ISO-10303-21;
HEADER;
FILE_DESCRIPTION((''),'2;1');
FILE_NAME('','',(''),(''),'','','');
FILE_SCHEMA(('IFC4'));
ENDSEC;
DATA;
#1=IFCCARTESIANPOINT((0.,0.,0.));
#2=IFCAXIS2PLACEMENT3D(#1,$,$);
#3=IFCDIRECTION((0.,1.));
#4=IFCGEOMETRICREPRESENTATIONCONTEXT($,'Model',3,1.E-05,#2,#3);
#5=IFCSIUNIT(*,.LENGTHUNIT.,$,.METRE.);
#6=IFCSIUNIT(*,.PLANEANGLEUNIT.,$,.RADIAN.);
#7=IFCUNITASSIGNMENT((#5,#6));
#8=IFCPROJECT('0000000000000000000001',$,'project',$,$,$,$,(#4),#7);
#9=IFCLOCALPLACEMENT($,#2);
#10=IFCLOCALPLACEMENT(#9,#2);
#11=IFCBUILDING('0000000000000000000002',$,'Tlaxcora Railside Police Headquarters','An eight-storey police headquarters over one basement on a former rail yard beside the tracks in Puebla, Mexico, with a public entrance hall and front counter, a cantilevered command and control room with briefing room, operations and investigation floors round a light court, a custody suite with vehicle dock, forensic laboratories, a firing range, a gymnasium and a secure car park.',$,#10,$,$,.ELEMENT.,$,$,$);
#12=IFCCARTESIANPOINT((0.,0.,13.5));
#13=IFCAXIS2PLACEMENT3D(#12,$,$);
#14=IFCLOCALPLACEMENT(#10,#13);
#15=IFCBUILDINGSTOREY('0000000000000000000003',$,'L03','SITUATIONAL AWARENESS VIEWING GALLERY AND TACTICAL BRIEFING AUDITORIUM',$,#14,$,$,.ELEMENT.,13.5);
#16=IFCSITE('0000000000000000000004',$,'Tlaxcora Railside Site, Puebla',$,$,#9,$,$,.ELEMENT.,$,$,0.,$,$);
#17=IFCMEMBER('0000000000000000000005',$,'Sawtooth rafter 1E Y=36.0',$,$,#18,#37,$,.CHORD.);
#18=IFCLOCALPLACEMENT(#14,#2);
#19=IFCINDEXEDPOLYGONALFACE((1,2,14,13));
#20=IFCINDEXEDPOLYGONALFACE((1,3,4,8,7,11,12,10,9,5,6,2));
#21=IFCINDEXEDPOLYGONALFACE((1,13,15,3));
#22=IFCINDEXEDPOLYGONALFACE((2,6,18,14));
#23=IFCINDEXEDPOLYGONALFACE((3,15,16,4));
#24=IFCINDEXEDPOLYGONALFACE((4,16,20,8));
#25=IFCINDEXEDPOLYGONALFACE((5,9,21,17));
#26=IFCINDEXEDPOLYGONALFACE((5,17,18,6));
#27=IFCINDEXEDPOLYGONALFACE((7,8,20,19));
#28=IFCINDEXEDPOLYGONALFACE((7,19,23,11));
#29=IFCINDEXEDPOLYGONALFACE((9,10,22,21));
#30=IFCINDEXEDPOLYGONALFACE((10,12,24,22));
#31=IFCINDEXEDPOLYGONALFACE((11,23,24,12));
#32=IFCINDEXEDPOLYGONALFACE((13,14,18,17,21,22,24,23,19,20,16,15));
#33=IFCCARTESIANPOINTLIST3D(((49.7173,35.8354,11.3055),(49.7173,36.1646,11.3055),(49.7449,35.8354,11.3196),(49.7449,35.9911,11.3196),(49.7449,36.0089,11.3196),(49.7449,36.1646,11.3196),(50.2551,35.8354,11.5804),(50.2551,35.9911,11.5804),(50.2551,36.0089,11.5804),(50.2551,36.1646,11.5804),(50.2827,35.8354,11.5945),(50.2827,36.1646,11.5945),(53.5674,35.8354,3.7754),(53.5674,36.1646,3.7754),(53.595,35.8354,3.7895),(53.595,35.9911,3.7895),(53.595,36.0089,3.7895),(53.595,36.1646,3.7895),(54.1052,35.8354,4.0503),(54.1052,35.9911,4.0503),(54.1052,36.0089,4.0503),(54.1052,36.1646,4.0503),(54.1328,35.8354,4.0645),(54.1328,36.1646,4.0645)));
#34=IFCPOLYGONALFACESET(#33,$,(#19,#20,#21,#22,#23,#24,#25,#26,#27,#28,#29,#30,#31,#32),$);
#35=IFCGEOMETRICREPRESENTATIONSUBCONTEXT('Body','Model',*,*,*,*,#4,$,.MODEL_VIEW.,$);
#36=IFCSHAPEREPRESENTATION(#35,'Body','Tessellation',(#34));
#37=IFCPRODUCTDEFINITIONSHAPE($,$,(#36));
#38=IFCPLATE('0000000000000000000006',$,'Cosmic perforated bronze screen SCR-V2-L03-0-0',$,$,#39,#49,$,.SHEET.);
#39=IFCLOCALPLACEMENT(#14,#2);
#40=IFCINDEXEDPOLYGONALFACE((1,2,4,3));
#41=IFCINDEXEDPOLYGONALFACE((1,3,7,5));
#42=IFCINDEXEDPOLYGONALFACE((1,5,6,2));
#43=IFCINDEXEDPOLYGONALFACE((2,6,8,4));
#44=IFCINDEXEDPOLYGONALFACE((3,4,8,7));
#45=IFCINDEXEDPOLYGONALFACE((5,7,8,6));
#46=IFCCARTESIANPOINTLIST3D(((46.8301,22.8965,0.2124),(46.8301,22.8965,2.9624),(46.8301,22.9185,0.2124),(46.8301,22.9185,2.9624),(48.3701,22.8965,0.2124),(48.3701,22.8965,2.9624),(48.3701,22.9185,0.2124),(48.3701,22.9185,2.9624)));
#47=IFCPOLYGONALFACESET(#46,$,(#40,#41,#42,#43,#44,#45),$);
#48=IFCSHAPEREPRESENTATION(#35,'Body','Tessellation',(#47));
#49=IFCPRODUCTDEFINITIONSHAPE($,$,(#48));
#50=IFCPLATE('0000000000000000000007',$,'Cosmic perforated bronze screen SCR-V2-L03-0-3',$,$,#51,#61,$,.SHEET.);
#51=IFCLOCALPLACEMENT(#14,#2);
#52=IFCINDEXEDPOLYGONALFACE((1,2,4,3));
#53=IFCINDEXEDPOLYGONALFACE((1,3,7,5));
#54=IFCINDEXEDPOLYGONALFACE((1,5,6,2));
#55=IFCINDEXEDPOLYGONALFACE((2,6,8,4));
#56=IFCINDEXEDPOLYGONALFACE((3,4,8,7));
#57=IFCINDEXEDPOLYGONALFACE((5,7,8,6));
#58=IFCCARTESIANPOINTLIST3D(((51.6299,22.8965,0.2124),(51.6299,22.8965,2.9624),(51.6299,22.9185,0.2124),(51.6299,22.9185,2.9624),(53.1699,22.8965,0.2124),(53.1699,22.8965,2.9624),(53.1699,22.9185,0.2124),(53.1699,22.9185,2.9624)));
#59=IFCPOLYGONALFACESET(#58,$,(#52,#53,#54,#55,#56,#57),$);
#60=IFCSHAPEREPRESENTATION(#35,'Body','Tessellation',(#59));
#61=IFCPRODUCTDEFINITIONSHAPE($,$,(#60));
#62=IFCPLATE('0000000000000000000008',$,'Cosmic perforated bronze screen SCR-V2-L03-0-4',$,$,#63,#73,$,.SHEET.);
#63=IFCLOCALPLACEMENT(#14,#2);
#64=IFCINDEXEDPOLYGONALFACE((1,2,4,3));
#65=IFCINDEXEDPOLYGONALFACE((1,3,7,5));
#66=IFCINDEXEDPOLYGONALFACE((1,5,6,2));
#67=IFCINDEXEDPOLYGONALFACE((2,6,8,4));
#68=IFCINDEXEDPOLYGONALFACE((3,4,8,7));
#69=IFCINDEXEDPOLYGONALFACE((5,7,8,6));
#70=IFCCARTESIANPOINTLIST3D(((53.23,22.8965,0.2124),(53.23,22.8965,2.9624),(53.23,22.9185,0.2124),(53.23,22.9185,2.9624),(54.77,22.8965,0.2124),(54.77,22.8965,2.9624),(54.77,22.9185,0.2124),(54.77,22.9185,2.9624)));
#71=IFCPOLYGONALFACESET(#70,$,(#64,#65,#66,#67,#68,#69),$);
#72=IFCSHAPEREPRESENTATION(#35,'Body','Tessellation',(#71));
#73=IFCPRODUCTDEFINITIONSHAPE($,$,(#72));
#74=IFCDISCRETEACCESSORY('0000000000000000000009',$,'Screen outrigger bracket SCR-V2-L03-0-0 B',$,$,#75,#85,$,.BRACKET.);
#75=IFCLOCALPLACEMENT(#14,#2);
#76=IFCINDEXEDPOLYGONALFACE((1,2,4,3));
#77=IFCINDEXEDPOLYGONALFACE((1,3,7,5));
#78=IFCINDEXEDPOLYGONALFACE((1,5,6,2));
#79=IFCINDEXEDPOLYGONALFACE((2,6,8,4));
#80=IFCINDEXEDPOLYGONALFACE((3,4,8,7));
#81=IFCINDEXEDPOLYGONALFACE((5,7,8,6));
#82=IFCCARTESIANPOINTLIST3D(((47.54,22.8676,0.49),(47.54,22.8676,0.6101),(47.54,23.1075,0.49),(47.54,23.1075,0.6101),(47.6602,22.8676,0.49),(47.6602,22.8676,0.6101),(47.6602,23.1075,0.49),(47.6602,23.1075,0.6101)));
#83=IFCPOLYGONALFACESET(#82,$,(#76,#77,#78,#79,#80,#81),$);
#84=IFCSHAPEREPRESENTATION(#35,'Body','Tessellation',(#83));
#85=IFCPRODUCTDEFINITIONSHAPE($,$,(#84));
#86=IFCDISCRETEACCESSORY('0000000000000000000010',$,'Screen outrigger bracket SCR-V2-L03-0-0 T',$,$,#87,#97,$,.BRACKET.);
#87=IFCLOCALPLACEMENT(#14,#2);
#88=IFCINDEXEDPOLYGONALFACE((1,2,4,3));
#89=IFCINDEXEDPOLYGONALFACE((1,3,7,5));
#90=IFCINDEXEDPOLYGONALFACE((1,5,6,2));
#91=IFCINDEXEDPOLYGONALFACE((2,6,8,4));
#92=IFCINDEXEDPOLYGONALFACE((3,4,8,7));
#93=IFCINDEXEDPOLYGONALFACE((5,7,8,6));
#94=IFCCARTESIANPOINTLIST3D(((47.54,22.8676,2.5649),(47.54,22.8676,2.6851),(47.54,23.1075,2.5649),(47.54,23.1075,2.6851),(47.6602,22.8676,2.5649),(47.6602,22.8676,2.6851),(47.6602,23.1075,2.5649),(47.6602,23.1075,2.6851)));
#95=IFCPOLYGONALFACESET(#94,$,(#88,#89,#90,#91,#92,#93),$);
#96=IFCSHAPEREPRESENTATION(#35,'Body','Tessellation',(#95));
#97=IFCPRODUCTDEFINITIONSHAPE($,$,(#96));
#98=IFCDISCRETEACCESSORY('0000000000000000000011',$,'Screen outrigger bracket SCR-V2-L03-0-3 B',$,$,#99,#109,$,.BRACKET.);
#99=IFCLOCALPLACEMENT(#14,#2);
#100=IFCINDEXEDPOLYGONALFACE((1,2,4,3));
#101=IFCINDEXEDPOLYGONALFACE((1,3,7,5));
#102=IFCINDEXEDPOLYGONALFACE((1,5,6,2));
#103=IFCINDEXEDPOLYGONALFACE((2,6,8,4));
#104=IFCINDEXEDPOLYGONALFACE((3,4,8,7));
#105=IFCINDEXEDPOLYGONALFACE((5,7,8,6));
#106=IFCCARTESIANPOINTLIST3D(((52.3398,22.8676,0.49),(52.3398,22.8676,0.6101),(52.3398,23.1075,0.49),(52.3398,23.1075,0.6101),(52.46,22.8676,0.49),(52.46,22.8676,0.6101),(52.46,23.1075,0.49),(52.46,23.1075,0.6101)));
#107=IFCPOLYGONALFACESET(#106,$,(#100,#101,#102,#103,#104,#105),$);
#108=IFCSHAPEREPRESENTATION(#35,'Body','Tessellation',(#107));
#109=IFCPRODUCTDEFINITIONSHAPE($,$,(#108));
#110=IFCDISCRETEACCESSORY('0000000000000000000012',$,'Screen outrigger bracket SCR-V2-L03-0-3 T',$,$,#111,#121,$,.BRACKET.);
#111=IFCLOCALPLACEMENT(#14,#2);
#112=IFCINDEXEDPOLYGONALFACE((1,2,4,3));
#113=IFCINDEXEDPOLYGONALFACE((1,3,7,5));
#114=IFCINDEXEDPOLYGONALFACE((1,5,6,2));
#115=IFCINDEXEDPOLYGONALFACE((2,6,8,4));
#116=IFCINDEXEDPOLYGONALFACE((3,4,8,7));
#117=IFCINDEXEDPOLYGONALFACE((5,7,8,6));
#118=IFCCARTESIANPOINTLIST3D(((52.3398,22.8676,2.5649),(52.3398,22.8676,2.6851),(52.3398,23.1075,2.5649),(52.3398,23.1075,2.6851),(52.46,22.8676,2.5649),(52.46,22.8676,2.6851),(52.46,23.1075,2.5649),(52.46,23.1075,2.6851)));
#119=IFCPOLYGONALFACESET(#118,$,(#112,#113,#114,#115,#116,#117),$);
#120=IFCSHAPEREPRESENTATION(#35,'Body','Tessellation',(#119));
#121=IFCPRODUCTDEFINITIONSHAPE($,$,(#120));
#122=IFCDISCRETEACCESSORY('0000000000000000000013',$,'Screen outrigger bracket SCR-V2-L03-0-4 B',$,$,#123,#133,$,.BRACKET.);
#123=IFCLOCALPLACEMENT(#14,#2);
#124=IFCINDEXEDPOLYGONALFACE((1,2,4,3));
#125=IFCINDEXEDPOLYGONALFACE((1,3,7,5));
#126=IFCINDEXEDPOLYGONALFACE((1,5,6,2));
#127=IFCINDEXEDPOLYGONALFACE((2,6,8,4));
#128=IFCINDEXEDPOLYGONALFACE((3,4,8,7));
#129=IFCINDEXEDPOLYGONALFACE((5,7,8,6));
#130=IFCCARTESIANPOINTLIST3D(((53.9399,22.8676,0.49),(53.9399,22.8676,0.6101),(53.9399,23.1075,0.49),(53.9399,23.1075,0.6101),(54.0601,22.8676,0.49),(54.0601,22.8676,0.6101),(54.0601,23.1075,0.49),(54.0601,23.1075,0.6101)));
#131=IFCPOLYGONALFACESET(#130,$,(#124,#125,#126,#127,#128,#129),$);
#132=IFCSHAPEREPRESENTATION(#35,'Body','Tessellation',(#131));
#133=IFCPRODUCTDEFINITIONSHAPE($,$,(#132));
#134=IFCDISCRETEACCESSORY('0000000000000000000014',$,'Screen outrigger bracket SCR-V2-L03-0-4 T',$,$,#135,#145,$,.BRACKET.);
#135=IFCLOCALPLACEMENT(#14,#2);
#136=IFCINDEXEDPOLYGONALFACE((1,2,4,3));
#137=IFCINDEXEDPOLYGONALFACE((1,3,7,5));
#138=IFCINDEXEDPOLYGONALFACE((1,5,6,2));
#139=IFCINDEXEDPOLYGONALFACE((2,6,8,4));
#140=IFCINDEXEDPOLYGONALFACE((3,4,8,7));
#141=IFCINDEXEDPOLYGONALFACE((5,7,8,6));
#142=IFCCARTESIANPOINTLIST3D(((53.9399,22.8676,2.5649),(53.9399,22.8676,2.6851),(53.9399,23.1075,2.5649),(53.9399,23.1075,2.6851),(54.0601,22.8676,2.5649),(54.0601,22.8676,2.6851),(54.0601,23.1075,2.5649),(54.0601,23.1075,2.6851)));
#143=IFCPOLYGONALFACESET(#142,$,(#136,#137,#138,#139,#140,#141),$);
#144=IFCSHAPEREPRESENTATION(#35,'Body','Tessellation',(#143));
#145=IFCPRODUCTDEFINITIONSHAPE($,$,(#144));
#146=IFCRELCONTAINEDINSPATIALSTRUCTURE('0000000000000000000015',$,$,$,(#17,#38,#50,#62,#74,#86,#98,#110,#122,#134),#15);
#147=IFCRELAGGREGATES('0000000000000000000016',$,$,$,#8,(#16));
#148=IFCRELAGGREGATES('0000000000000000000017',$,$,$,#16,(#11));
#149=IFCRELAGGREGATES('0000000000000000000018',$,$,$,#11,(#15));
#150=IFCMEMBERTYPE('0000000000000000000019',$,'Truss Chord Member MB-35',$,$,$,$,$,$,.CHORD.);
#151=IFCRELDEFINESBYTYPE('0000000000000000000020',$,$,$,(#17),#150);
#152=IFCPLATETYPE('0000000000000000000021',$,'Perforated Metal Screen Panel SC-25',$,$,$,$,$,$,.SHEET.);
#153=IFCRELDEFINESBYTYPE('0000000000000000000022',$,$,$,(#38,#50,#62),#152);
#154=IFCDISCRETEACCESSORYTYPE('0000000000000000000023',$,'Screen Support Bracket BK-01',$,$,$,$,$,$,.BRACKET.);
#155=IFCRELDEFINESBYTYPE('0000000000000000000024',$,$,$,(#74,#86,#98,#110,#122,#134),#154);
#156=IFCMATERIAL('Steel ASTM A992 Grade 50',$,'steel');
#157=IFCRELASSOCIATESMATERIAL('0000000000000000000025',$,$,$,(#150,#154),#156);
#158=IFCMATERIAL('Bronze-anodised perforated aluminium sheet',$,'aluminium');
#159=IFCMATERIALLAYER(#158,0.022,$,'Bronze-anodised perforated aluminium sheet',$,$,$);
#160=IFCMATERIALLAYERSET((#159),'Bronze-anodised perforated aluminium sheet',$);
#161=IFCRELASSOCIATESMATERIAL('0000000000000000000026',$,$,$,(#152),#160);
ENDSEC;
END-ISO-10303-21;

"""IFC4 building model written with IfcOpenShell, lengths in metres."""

from ifc_helpers import new_model, si_unit, direction, frame, origin, origin_2d, place, context, subcontext, project, spatial, rectangle, i_section, extrude, material, layer, layer_set, material_profile, profile_set, type_object, element, save


model = new_model("IFC4")

# Units and contexts
model_context = context("Model", 3, precision=1e-05, world=origin(), true_north=direction((0.0, 1.0)))
body_context = subcontext(model_context, "Body", "Model", "MODEL_VIEW")
ifc_project = project(units=[si_unit("LENGTHUNIT", "METRE"), si_unit("PLANEANGLEUNIT", "RADIAN")], contexts=[model_context])

# Site, building, storey
site_placement = place(None, origin())
site = spatial("IfcSite", under=ifc_project, at=site_placement, Name="Tlaxcora Railside Site, Puebla", CompositionType="ELEMENT", RefElevation=0.0)
building_placement = place(site_placement, origin())
building = spatial("IfcBuilding", under=site, at=building_placement, Name="Tlaxcora Railside Police Headquarters", Description="An eight-storey police headquarters over one basement on a former rail yard beside the tracks in Puebla, Mexico, with a public entrance hall and front counter, a cantilevered command and control room with briefing room, operations and investigation floors round a light court, a custody suite with vehicle dock, forensic laboratories, a firing range, a gymnasium and a secure car park.", CompositionType="ELEMENT")
storey_placement = place(building_placement, frame((0.0, 0.0, 13.5)))
storey = spatial("IfcBuildingStorey", under=building, at=storey_placement, Name="L03", Description="SITUATIONAL AWARENESS VIEWING GALLERY AND TACTICAL BRIEFING AUDITORIUM", CompositionType="ELEMENT", Elevation=13.5)

# Shared definitions
ifc_material_1 = material(Name="Steel ASTM A992 Grade 50", Category="steel")

# Member
ifc_material_profile_1 = material_profile(ifc_material_1, i_section(OverallWidth=0.3291, OverallDepth=0.635, WebThickness=0.0178, FlangeThickness=0.031, at=origin_2d()), Name="W24X162")
ifc_profile_set_1 = profile_set([ifc_material_profile_1], Name="Steel ASTM A992 Grade 50")
member_type_1 = type_object("IfcMemberType", Name="Truss Chord Member MB-35", PredefinedType="CHORD", material=ifc_profile_set_1)
for number, where, z_axis, x_axis, name in (
    (1, (53.8501, 36.0, 3.9199), (-0.455244, 0.0, 0.890367), (0.0, -1.0, 0.0), "Sawtooth rafter 1E Y=36.0"),
):
    element("IfcMember", number, at=place(storey_placement, frame(where, z_axis=z_axis, x_axis=x_axis)), inside=storey, type_object=member_type_1, Name=name, PredefinedType="CHORD", context=body_context, shape_type="SweptSolid", body=[
        extrude(i_section(OverallWidth=0.3291, OverallDepth=0.635, WebThickness=0.0178, FlangeThickness=0.031, at=origin_2d()), origin(), (0.0, 0.0, 1.0), 8.4573),
    ])

# Plates
ifc_material_2 = material(Name="Bronze-anodised perforated aluminium sheet", Category="aluminium")
ifc_layer_1 = layer(ifc_material_2, 0.022, Name="Bronze-anodised perforated aluminium sheet")
ifc_layer_set_1 = layer_set([ifc_layer_1], Name="Bronze-anodised perforated aluminium sheet")
plate_type = type_object("IfcPlateType", Name="Perforated Metal Screen Panel SC-25", PredefinedType="SHEET", material=ifc_layer_set_1)
for number, where, z_axis, x_axis, name in (
    (2, (47.6001, 22.9075, 0.2124), (0.0, 0.0, 1.0), (1.0, 0.0, 0.0), "Cosmic perforated bronze screen SCR-V2-L03-0-0"),
    (3, (52.3999, 22.9075, 0.2124), (0.0, 0.0, 1.0), (1.0, 0.0, 0.0), "Cosmic perforated bronze screen SCR-V2-L03-0-3"),
    (4, (54.0, 22.9075, 0.2124), (0.0, 0.0, 1.0), (1.0, 0.0, 0.0), "Cosmic perforated bronze screen SCR-V2-L03-0-4"),
):
    element("IfcPlate", number, at=place(storey_placement, frame(where, z_axis=z_axis, x_axis=x_axis)), inside=storey, type_object=plate_type, Name=name, PredefinedType="SHEET", context=body_context, shape_type="SweptSolid", body=[
        extrude(rectangle(XDim=1.54, YDim=0.022, at=origin_2d()), origin(), (0.0, 0.0, 1.0), 2.75),
    ])

# Discrete accessories
discrete_accessory_type = type_object("IfcDiscreteAccessoryType", Name="Screen Support Bracket BK-01", PredefinedType="BRACKET", material=ifc_material_1)
for number, where, z_axis, x_axis, name in (
    (5, (47.6001, 22.9875, 0.49), (0.0, 0.0, 1.0), (1.0, 0.0, 0.0), "Screen outrigger bracket SCR-V2-L03-0-0 B"),
    (6, (47.6001, 22.9875, 2.5649), (0.0, 0.0, 1.0), (1.0, 0.0, 0.0), "Screen outrigger bracket SCR-V2-L03-0-0 T"),
    (7, (52.3999, 22.9875, 0.49), (0.0, 0.0, 1.0), (1.0, 0.0, 0.0), "Screen outrigger bracket SCR-V2-L03-0-3 B"),
    (8, (52.3999, 22.9875, 2.5649), (0.0, 0.0, 1.0), (1.0, 0.0, 0.0), "Screen outrigger bracket SCR-V2-L03-0-3 T"),
    (9, (54.0, 22.9875, 0.49), (0.0, 0.0, 1.0), (1.0, 0.0, 0.0), "Screen outrigger bracket SCR-V2-L03-0-4 B"),
    (10, (54.0, 22.9875, 2.5649), (0.0, 0.0, 1.0), (1.0, 0.0, 0.0), "Screen outrigger bracket SCR-V2-L03-0-4 T"),
):
    element("IfcDiscreteAccessory", number, at=place(storey_placement, frame(where, z_axis=z_axis, x_axis=x_axis)), inside=storey, type_object=discrete_accessory_type, Name=name, PredefinedType="BRACKET", context=body_context, shape_type="SweptSolid", body=[
        extrude(rectangle(XDim=0.1201, YDim=0.24, at=origin_2d()), origin(), (0.0, 0.0, 1.0), 0.1201),
    ])

save(model, "model.ifc")
